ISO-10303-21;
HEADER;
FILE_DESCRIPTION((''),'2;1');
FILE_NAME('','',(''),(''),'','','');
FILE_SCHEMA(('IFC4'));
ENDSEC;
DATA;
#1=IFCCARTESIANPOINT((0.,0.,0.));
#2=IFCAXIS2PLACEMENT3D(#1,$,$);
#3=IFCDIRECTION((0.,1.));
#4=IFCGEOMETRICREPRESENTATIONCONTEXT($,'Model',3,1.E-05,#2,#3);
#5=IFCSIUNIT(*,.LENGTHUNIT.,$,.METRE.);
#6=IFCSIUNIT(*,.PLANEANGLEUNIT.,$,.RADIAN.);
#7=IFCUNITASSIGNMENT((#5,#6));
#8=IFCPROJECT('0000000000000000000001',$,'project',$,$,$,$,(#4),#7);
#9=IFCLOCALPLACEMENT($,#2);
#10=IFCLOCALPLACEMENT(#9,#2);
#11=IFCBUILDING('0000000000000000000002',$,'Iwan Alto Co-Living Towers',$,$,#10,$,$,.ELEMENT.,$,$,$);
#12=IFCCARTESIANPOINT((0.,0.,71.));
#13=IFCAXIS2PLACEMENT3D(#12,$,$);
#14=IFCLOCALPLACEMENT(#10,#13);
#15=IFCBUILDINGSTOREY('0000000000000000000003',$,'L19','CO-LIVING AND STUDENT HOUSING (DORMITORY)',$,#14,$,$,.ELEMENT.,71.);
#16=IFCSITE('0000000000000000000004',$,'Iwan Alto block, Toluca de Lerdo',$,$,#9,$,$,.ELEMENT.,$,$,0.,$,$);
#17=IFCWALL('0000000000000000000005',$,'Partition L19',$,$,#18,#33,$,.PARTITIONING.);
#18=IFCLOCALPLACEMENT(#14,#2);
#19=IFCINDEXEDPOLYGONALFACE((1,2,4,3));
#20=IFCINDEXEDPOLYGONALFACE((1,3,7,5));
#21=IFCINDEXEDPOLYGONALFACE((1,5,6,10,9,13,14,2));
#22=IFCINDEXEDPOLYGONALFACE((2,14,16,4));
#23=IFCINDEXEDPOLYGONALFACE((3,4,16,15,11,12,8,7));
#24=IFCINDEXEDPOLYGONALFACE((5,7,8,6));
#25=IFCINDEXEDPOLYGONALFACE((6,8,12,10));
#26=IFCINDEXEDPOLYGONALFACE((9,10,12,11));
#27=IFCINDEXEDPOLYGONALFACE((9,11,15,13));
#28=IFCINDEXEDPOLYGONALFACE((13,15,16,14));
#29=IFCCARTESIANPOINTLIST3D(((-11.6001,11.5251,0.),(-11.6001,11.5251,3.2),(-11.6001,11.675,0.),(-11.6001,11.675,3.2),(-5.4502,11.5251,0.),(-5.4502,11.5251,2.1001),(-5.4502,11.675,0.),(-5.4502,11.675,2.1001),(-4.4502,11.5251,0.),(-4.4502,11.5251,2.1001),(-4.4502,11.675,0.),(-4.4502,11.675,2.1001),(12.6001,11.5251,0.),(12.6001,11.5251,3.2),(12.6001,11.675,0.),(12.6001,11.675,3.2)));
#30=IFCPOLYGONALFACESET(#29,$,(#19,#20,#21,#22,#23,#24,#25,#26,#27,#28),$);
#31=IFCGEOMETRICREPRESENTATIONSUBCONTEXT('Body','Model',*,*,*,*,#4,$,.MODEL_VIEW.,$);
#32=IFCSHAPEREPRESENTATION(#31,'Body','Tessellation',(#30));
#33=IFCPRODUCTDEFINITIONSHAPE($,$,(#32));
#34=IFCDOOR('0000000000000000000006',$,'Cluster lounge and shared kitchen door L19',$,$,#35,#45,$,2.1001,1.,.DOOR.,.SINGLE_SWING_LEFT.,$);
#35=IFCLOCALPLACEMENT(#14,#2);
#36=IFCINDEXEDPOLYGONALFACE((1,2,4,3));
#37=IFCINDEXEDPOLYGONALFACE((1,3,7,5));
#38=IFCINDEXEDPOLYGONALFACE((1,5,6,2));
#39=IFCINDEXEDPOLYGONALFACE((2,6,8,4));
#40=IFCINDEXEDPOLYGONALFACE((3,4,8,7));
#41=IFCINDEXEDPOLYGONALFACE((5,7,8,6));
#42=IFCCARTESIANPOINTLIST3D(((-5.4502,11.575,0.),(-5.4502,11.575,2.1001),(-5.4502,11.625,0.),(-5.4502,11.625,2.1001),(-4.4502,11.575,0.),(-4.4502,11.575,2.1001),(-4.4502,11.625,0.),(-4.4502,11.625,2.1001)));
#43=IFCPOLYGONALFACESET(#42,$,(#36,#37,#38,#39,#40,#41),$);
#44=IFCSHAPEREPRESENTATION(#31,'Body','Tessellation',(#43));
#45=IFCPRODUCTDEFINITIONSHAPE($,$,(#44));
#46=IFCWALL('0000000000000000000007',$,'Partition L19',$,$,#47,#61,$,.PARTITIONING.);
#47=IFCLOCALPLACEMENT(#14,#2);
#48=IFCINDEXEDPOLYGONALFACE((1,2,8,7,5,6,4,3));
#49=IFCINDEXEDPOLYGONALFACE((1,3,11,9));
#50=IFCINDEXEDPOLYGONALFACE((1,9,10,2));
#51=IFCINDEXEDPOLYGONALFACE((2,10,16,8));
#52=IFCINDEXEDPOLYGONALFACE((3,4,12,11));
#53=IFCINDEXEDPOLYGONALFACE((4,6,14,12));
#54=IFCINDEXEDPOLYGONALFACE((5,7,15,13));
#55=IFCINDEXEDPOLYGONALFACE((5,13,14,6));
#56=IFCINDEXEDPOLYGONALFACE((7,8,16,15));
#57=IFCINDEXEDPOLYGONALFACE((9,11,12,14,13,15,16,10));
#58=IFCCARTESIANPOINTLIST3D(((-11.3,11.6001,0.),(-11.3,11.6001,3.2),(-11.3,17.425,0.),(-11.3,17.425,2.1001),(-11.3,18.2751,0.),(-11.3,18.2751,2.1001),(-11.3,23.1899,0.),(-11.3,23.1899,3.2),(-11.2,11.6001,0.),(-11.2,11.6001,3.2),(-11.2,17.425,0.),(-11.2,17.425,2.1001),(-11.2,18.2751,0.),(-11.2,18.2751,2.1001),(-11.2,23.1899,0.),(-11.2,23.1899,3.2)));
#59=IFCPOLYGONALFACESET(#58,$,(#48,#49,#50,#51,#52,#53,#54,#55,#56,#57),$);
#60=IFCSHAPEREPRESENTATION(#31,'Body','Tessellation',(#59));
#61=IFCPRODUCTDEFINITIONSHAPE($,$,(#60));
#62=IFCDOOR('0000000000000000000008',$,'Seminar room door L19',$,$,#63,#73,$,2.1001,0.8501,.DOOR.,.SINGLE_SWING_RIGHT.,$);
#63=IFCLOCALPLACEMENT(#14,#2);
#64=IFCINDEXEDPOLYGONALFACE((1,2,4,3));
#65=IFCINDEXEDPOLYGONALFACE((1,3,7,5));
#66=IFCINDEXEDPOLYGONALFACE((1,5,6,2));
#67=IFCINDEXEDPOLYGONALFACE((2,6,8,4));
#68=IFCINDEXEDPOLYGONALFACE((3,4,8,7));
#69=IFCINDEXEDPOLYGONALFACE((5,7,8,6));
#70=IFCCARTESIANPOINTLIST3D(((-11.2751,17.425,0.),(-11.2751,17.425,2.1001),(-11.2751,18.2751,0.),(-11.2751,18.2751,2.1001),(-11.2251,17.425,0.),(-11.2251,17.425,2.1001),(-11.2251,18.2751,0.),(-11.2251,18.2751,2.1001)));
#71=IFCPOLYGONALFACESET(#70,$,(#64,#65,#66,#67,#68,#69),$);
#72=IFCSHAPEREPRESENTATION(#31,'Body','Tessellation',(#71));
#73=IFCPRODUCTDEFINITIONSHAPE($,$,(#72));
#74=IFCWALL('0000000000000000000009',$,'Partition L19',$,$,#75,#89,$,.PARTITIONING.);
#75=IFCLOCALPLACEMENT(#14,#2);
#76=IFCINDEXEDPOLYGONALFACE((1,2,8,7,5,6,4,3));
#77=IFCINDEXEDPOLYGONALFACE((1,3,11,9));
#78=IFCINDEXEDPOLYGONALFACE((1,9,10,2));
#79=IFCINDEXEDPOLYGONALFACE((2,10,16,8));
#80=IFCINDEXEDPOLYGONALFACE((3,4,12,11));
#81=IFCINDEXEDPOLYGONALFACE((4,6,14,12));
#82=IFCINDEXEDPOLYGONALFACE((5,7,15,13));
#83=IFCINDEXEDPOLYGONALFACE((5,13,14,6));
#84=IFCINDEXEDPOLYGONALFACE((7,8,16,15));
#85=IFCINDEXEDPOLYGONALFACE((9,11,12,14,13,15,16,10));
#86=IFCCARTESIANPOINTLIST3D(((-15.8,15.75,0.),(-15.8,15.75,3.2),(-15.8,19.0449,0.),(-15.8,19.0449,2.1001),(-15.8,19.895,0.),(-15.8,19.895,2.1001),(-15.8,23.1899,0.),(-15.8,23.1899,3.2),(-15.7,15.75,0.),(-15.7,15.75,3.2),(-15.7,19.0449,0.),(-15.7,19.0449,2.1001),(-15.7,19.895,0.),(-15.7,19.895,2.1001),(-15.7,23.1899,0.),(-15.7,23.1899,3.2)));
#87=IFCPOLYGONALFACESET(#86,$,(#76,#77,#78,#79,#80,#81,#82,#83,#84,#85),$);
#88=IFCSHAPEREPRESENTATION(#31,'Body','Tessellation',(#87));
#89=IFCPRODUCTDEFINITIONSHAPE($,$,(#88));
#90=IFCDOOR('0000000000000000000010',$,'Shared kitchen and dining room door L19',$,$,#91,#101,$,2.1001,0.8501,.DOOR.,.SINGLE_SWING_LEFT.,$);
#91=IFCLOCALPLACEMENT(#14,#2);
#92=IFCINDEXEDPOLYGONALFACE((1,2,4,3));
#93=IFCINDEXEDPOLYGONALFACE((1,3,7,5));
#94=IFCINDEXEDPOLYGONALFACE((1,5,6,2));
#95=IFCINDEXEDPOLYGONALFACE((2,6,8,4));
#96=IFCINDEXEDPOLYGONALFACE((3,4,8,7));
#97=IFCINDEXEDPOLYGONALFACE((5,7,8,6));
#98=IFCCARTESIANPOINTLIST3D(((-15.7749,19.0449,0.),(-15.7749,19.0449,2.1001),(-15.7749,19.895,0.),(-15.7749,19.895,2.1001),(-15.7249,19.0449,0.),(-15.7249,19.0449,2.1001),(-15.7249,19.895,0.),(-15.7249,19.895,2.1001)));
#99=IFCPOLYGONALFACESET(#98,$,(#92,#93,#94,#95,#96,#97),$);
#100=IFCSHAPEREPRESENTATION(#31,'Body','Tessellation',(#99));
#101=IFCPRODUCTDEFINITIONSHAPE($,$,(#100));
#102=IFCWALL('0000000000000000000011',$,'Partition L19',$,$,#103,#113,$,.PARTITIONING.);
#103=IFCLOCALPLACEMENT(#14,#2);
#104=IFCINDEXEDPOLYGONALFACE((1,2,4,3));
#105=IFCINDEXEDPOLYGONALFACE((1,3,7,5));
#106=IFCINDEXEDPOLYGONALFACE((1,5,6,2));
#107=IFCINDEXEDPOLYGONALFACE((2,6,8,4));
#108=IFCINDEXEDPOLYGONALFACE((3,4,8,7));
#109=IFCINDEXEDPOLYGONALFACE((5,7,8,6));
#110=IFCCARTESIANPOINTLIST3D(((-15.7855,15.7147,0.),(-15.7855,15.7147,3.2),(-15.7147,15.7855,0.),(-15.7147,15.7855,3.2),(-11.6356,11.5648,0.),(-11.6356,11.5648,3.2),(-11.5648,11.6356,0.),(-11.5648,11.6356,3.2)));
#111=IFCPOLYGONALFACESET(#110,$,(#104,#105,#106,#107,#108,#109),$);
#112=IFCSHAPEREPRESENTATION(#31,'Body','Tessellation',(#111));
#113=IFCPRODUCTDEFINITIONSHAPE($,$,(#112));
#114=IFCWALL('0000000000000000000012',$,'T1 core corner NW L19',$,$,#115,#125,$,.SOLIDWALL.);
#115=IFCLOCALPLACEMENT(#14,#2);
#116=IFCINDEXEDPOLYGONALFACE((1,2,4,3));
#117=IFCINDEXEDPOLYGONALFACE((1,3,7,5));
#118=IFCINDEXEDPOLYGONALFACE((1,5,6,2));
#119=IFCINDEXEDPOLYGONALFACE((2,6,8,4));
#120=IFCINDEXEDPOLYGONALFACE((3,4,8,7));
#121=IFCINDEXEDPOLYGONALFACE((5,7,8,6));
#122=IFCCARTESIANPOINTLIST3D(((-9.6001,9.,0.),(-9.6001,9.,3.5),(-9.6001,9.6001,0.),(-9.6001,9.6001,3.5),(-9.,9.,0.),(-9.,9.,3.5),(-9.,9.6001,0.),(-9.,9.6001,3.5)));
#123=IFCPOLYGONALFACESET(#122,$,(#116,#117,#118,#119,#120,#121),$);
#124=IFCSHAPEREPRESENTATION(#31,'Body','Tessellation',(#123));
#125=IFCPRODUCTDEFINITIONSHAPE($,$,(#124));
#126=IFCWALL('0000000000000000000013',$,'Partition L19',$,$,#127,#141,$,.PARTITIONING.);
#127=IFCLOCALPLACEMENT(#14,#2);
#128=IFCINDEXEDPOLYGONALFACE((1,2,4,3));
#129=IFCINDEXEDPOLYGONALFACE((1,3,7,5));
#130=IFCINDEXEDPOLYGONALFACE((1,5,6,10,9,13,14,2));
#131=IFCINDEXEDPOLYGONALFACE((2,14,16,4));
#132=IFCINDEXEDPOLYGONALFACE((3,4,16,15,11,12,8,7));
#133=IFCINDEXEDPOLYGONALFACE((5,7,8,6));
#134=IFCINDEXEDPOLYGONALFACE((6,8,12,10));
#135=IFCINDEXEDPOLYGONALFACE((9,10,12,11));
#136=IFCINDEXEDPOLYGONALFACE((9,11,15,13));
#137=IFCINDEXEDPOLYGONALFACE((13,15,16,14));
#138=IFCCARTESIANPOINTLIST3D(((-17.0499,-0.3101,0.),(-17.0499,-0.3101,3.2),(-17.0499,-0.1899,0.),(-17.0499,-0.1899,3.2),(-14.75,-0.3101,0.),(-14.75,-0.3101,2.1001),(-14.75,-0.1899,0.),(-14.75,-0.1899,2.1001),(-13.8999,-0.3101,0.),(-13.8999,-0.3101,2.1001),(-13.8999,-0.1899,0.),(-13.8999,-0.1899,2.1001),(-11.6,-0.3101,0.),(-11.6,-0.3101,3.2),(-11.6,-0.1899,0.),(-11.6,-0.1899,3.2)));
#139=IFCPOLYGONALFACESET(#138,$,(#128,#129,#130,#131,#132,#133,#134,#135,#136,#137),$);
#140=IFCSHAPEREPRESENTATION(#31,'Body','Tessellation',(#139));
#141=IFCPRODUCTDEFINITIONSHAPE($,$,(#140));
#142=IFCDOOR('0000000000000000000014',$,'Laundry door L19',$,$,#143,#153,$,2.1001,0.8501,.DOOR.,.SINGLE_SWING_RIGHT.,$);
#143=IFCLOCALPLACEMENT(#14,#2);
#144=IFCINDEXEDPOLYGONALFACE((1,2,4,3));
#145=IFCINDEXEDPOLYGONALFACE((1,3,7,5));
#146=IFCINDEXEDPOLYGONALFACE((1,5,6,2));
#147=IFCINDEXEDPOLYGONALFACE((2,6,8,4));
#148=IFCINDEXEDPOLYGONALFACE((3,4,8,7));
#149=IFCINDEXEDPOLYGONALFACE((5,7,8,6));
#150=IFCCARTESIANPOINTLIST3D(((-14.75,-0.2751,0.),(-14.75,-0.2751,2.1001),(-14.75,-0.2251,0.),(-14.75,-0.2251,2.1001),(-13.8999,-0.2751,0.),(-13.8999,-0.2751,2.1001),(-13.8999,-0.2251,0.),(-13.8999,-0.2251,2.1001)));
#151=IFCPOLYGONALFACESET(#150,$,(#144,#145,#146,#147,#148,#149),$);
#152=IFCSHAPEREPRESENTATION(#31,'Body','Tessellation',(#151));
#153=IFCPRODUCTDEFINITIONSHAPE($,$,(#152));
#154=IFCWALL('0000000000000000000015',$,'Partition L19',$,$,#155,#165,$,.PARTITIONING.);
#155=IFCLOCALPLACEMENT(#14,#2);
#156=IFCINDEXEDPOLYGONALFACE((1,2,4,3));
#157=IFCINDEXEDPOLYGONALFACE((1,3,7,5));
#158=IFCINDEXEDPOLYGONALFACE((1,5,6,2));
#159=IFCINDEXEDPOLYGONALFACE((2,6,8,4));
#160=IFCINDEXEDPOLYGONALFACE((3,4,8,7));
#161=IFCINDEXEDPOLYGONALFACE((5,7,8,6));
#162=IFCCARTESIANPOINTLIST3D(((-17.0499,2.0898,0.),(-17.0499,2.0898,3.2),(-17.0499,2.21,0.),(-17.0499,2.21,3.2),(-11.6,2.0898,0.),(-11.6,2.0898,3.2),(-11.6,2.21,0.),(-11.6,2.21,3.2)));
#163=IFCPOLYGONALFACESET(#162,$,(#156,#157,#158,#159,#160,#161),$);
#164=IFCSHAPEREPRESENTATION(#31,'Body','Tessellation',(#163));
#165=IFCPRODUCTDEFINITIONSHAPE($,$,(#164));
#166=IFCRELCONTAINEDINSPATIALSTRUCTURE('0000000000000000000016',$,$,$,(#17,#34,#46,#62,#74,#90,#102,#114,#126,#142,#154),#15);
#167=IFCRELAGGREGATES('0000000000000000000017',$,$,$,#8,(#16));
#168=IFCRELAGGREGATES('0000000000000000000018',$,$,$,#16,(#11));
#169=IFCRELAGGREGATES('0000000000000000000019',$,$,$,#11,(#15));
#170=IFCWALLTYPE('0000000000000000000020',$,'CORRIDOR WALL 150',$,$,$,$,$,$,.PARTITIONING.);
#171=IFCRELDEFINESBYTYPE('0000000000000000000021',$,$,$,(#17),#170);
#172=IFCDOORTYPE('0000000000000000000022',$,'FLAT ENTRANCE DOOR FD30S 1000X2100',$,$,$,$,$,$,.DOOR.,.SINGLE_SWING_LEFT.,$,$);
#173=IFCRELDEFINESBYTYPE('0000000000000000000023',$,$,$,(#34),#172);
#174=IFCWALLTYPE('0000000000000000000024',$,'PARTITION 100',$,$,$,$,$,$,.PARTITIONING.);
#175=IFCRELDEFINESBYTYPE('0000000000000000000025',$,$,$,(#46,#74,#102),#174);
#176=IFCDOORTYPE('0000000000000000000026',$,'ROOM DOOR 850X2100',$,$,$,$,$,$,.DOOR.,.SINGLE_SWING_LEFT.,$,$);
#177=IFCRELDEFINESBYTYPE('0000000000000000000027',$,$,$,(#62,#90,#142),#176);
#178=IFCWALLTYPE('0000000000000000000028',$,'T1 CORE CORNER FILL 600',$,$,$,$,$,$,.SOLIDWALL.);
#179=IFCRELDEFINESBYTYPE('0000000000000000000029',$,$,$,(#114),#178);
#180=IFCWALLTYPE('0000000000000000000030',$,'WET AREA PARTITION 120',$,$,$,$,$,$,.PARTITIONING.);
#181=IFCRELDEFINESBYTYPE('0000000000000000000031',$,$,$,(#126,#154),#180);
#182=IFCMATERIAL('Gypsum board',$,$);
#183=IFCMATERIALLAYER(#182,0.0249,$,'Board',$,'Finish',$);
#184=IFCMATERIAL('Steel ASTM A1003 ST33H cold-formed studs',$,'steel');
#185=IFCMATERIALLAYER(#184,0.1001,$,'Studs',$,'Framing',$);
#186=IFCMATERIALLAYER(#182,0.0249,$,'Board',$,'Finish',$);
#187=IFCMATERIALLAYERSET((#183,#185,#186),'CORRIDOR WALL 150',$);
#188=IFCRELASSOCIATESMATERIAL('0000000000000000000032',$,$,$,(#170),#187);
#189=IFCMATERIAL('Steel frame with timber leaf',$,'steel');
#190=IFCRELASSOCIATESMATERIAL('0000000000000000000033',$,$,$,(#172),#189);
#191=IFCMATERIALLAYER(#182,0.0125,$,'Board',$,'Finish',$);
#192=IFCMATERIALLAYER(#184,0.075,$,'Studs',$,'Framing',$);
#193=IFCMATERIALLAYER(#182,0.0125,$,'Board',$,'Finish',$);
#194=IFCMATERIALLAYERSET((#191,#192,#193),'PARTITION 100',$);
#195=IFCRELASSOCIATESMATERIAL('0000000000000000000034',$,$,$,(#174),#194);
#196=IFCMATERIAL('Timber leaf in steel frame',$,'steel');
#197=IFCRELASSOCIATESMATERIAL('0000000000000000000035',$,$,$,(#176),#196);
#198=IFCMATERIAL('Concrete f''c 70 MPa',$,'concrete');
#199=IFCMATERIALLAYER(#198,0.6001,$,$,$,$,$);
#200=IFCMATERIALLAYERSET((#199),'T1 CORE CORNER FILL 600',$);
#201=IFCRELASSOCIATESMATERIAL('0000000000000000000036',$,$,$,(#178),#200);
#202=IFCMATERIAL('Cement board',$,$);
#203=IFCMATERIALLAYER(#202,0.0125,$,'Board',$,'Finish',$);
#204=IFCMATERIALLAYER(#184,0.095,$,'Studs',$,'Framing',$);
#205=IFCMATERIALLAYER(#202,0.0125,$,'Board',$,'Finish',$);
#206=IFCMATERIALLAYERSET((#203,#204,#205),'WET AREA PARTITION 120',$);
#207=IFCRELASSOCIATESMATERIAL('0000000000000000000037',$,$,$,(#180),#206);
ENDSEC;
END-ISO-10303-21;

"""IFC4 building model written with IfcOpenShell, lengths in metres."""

from ifc_helpers import new_model, si_unit, direction, frame, frame_2d, origin, place, context, subcontext, project, spatial, rectangle, extrude, material, layer, layer_set, type_object, element, fill, save


model = new_model("IFC4")

# Units and contexts
model_context = context("Model", 3, precision=1e-05, world=origin(), true_north=direction((0.0, 1.0)))
body_context = subcontext(model_context, "Body", "Model", "MODEL_VIEW")
ifc_project = project(units=[si_unit("LENGTHUNIT", "METRE"), si_unit("PLANEANGLEUNIT", "RADIAN")], contexts=[model_context])

# Site, building, storey
site_placement = place(None, origin())
site = spatial("IfcSite", under=ifc_project, at=site_placement, Name="Iwan Alto block, Toluca de Lerdo", CompositionType="ELEMENT", RefElevation=0.0)
building_placement = place(site_placement, origin())
building = spatial("IfcBuilding", under=site, at=building_placement, Name="Iwan Alto Co-Living Towers", CompositionType="ELEMENT")
storey_placement = place(building_placement, frame((0.0, 0.0, 71.0)))
storey = spatial("IfcBuildingStorey", under=building, at=storey_placement, Name="L19", Description="CO-LIVING AND STUDENT HOUSING (DORMITORY)", CompositionType="ELEMENT", Elevation=71.0)

# Walls, openings, doors
ifc_material_1 = material(Name="Gypsum board")
ifc_layer_1 = layer(ifc_material_1, 0.0249, Name="Board", Category="Finish")
ifc_material_2 = material(Name="Steel ASTM A1003 ST33H cold-formed studs", Category="steel")
ifc_layer_2 = layer(ifc_material_2, 0.1001, Name="Studs", Category="Framing")
ifc_layer_3 = layer(ifc_material_1, 0.0249, Name="Board", Category="Finish")
ifc_layer_set_1 = layer_set([ifc_layer_1, ifc_layer_2, ifc_layer_3], Name="CORRIDOR WALL 150")
wall_type_1 = type_object("IfcWallType", Name="CORRIDOR WALL 150", PredefinedType="PARTITIONING", material=ifc_layer_set_1)
wall_1_placement = place(storey_placement, frame((-11.6001, 11.6001, 0.0), z_axis=(0.0, 0.0, 1.0), x_axis=(1.0, 0.0, 0.0)))
wall_1 = element("IfcWall", 1, at=wall_1_placement, inside=storey, type_object=wall_type_1, Name="Partition L19", PredefinedType="PARTITIONING", context=body_context, shape_type="SweptSolid", body=[
    extrude(rectangle(XDim=24.2002, YDim=0.1499, at=frame_2d((12.1001, 0.0))), origin(), (0.0, 0.0, 1.0), 3.2),
])
opening_1_placement = place(wall_1_placement, frame((6.1499, 0.0, 0.0)))
opening_1 = element("IfcOpeningElement", 2, at=opening_1_placement, cuts=wall_1, PredefinedType="OPENING", context=body_context, shape_type="SweptSolid", body=[
    extrude(rectangle(XDim=1.0, YDim=2.1001, at=frame_2d((0.5, 1.05))), frame((0.0, 0.085, 0.0), z_axis=(0.0, -1.0, 0.0), x_axis=(1.0, 0.0, 0.0)), (0.0, 0.0, 1.0), 0.1699),
])
ifc_material_3 = material(Name="Steel frame with timber leaf", Category="steel")
door_type_1 = type_object("IfcDoorType", Name="FLAT ENTRANCE DOOR FD30S 1000X2100", OperationType="SINGLE_SWING_LEFT", PredefinedType="DOOR", material=ifc_material_3)
door_1_placement = place(opening_1_placement, origin())
door_1 = element("IfcDoor", 3, at=door_1_placement, inside=storey, type_object=door_type_1, Name="Cluster lounge and shared kitchen door L19", OperationType="SINGLE_SWING_LEFT", OverallHeight=2.1001, OverallWidth=1.0, PredefinedType="DOOR", context=body_context, shape_type="SweptSolid", body=[
    extrude(rectangle(XDim=1.0, YDim=2.1001, at=frame_2d((0.5, 1.05))), frame((0.0, 0.0249, 0.0), z_axis=(0.0, -1.0, 0.0), x_axis=(1.0, 0.0, 0.0)), (0.0, 0.0, 1.0), 0.05),
])
fill(opening_1, door_1)
ifc_layer_4 = layer(ifc_material_1, 0.0125, Name="Board", Category="Finish")
ifc_layer_5 = layer(ifc_material_2, 0.075, Name="Studs", Category="Framing")
ifc_layer_6 = layer(ifc_material_1, 0.0125, Name="Board", Category="Finish")
ifc_layer_set_2 = layer_set([ifc_layer_4, ifc_layer_5, ifc_layer_6], Name="PARTITION 100")
wall_type_2 = type_object("IfcWallType", Name="PARTITION 100", PredefinedType="PARTITIONING", material=ifc_layer_set_2)
wall_2_placement = place(storey_placement, frame((-11.25, 11.6001, 0.0), z_axis=(0.0, 0.0, 1.0), x_axis=(0.0, 1.0, 0.0)))
wall_2 = element("IfcWall", 4, at=wall_2_placement, inside=storey, type_object=wall_type_2, Name="Partition L19", PredefinedType="PARTITIONING", context=body_context, shape_type="SweptSolid", body=[
    extrude(rectangle(XDim=11.5898, YDim=0.1001, at=frame_2d((5.7949, 0.0))), origin(), (0.0, 0.0, 1.0), 3.2),
])
opening_2_placement = place(wall_2_placement, frame((5.825, 0.0, 0.0)))
opening_2 = element("IfcOpeningElement", 5, at=opening_2_placement, cuts=wall_2, PredefinedType="OPENING", context=body_context, shape_type="SweptSolid", body=[
    extrude(rectangle(XDim=0.8501, YDim=2.1001, at=frame_2d((0.425, 1.05))), frame((0.0, 0.0601, 0.0), z_axis=(0.0, -1.0, 0.0), x_axis=(1.0, 0.0, 0.0)), (0.0, 0.0, 1.0), 0.1201),
])
ifc_material_4 = material(Name="Timber leaf in steel frame", Category="steel")
door_type_2 = type_object("IfcDoorType", Name="ROOM DOOR 850X2100", OperationType="SINGLE_SWING_LEFT", PredefinedType="DOOR", material=ifc_material_4)
door_2_placement = place(opening_2_placement, frame((0.8501, 0.0, 0.0), z_axis=(0.0, 0.0, 1.0), x_axis=(-1.0, 0.0, 0.0)))
door_2 = element("IfcDoor", 6, at=door_2_placement, inside=storey, type_object=door_type_2, Name="Seminar room door L19", OperationType="SINGLE_SWING_RIGHT", OverallHeight=2.1001, OverallWidth=0.8501, PredefinedType="DOOR", context=body_context, shape_type="SweptSolid", body=[
    extrude(rectangle(XDim=0.8501, YDim=2.1001, at=frame_2d((0.425, 1.05))), frame((0.0, 0.0249, 0.0), z_axis=(0.0, -1.0, 0.0), x_axis=(1.0, 0.0, 0.0)), (0.0, 0.0, 1.0), 0.05),
])
fill(opening_2, door_2)
wall_3_placement = place(storey_placement, frame((-15.75, 15.75, 0.0), z_axis=(0.0, 0.0, 1.0), x_axis=(0.0, 1.0, 0.0)))
wall_3 = element("IfcWall", 7, at=wall_3_placement, inside=storey, type_object=wall_type_2, Name="Partition L19", PredefinedType="PARTITIONING", context=body_context, shape_type="SweptSolid", body=[
    extrude(rectangle(XDim=7.4399, YDim=0.1001, at=frame_2d((3.72, 0.0))), origin(), (0.0, 0.0, 1.0), 3.2),
])
opening_3_placement = place(wall_3_placement, frame((3.2949, 0.0, 0.0)))
opening_3 = element("IfcOpeningElement", 8, at=opening_3_placement, cuts=wall_3, PredefinedType="OPENING", context=body_context, shape_type="SweptSolid", body=[
    extrude(rectangle(XDim=0.8501, YDim=2.1001, at=frame_2d((0.425, 1.05))), frame((0.0, 0.0601, 0.0), z_axis=(0.0, -1.0, 0.0), x_axis=(1.0, 0.0, 0.0)), (0.0, 0.0, 1.0), 0.1201),
])
door_3_placement = place(opening_3_placement, origin())
door_3 = element("IfcDoor", 9, at=door_3_placement, inside=storey, type_object=door_type_2, Name="Shared kitchen and dining room door L19", OperationType="SINGLE_SWING_LEFT", OverallHeight=2.1001, OverallWidth=0.8501, PredefinedType="DOOR", context=body_context, shape_type="SweptSolid", body=[
    extrude(rectangle(XDim=0.8501, YDim=2.1001, at=frame_2d((0.425, 1.05))), frame((0.0, 0.0249, 0.0), z_axis=(0.0, -1.0, 0.0), x_axis=(1.0, 0.0, 0.0)), (0.0, 0.0, 1.0), 0.05),
])
fill(opening_3, door_3)

# Walls
wall_4_placement = place(storey_placement, frame((-11.6001, 11.6001, 0.0), z_axis=(0.0, 0.0, 1.0), x_axis=(-0.707107, 0.707107, 0.0)))
element("IfcWall", 10, at=wall_4_placement, inside=storey, type_object=wall_type_2, Name="Partition L19", PredefinedType="PARTITIONING", context=body_context, shape_type="SweptSolid", body=[
    extrude(rectangle(XDim=5.8689, YDim=0.1001, at=frame_2d((2.9346, 0.0))), origin(), (0.0, 0.0, 1.0), 3.2),
])
ifc_material_5 = material(Name="Concrete f'c 70 MPa", Category="concrete")
ifc_layer_7 = layer(ifc_material_5, 0.6001)
ifc_layer_set_3 = layer_set([ifc_layer_7], Name="T1 CORE CORNER FILL 600")
wall_type_3 = type_object("IfcWallType", Name="T1 CORE CORNER FILL 600", PredefinedType="SOLIDWALL", material=ifc_layer_set_3)
wall_5_placement = place(storey_placement, frame((-9.6001, 9.3, 0.0), z_axis=(0.0, 0.0, 1.0), x_axis=(1.0, 0.0, 0.0)))
element("IfcWall", 11, at=wall_5_placement, inside=storey, type_object=wall_type_3, Name="T1 core corner NW L19", PredefinedType="SOLIDWALL", context=body_context, shape_type="SweptSolid", body=[
    extrude(rectangle(XDim=0.6001, YDim=0.6001, at=frame_2d((0.3, 0.0))), origin(), (0.0, 0.0, 1.0), 3.5),
])

# Wall, opening, door
ifc_material_6 = material(Name="Cement board")
ifc_layer_8 = layer(ifc_material_6, 0.0125, Name="Board", Category="Finish")
ifc_layer_9 = layer(ifc_material_2, 0.095, Name="Studs", Category="Framing")
ifc_layer_10 = layer(ifc_material_6, 0.0125, Name="Board", Category="Finish")
ifc_layer_set_4 = layer_set([ifc_layer_8, ifc_layer_9, ifc_layer_10], Name="WET AREA PARTITION 120")
wall_type_4 = type_object("IfcWallType", Name="WET AREA PARTITION 120", PredefinedType="PARTITIONING", material=ifc_layer_set_4)
wall_6_placement = place(storey_placement, frame((-17.05, -0.25, 0.0), z_axis=(0.0, 0.0, 1.0), x_axis=(1.0, 0.0, 0.0)))
wall_6 = element("IfcWall", 12, at=wall_6_placement, inside=storey, type_object=wall_type_4, Name="Partition L19", PredefinedType="PARTITIONING", context=body_context, shape_type="SweptSolid", body=[
    extrude(rectangle(XDim=5.45, YDim=0.1201, at=frame_2d((2.7251, 0.0))), origin(), (0.0, 0.0, 1.0), 3.2),
])
opening_4_placement = place(wall_6_placement, frame((2.3, 0.0, 0.0)))
opening_4 = element("IfcOpeningElement", 13, at=opening_4_placement, cuts=wall_6, PredefinedType="OPENING", context=body_context, shape_type="SweptSolid", body=[
    extrude(rectangle(XDim=0.8501, YDim=2.1001, at=frame_2d((0.425, 1.05))), frame((0.0, 0.0701, 0.0), z_axis=(0.0, -1.0, 0.0), x_axis=(1.0, 0.0, 0.0)), (0.0, 0.0, 1.0), 0.1401),
])
door_4_placement = place(opening_4_placement, origin())
door_4 = element("IfcDoor", 14, at=door_4_placement, inside=storey, type_object=door_type_2, Name="Laundry door L19", OperationType="SINGLE_SWING_RIGHT", OverallHeight=2.1001, OverallWidth=0.8501, PredefinedType="DOOR", context=body_context, shape_type="SweptSolid", body=[
    extrude(rectangle(XDim=0.8501, YDim=2.1001, at=frame_2d((0.425, 1.05))), frame((0.0, 0.0249, 0.0), z_axis=(0.0, -1.0, 0.0), x_axis=(1.0, 0.0, 0.0)), (0.0, 0.0, 1.0), 0.05),
])
fill(opening_4, door_4)

# Wall
wall_7_placement = place(storey_placement, frame((-17.05, 2.1499, 0.0), z_axis=(0.0, 0.0, 1.0), x_axis=(1.0, 0.0, 0.0)))
element("IfcWall", 15, at=wall_7_placement, inside=storey, type_object=wall_type_4, Name="Partition L19", PredefinedType="PARTITIONING", context=body_context, shape_type="SweptSolid", body=[
    extrude(rectangle(XDim=5.45, YDim=0.1201, at=frame_2d((2.7251, 0.0))), origin(), (0.0, 0.0, 1.0), 3.2),
])

save(model, "model.ifc")
